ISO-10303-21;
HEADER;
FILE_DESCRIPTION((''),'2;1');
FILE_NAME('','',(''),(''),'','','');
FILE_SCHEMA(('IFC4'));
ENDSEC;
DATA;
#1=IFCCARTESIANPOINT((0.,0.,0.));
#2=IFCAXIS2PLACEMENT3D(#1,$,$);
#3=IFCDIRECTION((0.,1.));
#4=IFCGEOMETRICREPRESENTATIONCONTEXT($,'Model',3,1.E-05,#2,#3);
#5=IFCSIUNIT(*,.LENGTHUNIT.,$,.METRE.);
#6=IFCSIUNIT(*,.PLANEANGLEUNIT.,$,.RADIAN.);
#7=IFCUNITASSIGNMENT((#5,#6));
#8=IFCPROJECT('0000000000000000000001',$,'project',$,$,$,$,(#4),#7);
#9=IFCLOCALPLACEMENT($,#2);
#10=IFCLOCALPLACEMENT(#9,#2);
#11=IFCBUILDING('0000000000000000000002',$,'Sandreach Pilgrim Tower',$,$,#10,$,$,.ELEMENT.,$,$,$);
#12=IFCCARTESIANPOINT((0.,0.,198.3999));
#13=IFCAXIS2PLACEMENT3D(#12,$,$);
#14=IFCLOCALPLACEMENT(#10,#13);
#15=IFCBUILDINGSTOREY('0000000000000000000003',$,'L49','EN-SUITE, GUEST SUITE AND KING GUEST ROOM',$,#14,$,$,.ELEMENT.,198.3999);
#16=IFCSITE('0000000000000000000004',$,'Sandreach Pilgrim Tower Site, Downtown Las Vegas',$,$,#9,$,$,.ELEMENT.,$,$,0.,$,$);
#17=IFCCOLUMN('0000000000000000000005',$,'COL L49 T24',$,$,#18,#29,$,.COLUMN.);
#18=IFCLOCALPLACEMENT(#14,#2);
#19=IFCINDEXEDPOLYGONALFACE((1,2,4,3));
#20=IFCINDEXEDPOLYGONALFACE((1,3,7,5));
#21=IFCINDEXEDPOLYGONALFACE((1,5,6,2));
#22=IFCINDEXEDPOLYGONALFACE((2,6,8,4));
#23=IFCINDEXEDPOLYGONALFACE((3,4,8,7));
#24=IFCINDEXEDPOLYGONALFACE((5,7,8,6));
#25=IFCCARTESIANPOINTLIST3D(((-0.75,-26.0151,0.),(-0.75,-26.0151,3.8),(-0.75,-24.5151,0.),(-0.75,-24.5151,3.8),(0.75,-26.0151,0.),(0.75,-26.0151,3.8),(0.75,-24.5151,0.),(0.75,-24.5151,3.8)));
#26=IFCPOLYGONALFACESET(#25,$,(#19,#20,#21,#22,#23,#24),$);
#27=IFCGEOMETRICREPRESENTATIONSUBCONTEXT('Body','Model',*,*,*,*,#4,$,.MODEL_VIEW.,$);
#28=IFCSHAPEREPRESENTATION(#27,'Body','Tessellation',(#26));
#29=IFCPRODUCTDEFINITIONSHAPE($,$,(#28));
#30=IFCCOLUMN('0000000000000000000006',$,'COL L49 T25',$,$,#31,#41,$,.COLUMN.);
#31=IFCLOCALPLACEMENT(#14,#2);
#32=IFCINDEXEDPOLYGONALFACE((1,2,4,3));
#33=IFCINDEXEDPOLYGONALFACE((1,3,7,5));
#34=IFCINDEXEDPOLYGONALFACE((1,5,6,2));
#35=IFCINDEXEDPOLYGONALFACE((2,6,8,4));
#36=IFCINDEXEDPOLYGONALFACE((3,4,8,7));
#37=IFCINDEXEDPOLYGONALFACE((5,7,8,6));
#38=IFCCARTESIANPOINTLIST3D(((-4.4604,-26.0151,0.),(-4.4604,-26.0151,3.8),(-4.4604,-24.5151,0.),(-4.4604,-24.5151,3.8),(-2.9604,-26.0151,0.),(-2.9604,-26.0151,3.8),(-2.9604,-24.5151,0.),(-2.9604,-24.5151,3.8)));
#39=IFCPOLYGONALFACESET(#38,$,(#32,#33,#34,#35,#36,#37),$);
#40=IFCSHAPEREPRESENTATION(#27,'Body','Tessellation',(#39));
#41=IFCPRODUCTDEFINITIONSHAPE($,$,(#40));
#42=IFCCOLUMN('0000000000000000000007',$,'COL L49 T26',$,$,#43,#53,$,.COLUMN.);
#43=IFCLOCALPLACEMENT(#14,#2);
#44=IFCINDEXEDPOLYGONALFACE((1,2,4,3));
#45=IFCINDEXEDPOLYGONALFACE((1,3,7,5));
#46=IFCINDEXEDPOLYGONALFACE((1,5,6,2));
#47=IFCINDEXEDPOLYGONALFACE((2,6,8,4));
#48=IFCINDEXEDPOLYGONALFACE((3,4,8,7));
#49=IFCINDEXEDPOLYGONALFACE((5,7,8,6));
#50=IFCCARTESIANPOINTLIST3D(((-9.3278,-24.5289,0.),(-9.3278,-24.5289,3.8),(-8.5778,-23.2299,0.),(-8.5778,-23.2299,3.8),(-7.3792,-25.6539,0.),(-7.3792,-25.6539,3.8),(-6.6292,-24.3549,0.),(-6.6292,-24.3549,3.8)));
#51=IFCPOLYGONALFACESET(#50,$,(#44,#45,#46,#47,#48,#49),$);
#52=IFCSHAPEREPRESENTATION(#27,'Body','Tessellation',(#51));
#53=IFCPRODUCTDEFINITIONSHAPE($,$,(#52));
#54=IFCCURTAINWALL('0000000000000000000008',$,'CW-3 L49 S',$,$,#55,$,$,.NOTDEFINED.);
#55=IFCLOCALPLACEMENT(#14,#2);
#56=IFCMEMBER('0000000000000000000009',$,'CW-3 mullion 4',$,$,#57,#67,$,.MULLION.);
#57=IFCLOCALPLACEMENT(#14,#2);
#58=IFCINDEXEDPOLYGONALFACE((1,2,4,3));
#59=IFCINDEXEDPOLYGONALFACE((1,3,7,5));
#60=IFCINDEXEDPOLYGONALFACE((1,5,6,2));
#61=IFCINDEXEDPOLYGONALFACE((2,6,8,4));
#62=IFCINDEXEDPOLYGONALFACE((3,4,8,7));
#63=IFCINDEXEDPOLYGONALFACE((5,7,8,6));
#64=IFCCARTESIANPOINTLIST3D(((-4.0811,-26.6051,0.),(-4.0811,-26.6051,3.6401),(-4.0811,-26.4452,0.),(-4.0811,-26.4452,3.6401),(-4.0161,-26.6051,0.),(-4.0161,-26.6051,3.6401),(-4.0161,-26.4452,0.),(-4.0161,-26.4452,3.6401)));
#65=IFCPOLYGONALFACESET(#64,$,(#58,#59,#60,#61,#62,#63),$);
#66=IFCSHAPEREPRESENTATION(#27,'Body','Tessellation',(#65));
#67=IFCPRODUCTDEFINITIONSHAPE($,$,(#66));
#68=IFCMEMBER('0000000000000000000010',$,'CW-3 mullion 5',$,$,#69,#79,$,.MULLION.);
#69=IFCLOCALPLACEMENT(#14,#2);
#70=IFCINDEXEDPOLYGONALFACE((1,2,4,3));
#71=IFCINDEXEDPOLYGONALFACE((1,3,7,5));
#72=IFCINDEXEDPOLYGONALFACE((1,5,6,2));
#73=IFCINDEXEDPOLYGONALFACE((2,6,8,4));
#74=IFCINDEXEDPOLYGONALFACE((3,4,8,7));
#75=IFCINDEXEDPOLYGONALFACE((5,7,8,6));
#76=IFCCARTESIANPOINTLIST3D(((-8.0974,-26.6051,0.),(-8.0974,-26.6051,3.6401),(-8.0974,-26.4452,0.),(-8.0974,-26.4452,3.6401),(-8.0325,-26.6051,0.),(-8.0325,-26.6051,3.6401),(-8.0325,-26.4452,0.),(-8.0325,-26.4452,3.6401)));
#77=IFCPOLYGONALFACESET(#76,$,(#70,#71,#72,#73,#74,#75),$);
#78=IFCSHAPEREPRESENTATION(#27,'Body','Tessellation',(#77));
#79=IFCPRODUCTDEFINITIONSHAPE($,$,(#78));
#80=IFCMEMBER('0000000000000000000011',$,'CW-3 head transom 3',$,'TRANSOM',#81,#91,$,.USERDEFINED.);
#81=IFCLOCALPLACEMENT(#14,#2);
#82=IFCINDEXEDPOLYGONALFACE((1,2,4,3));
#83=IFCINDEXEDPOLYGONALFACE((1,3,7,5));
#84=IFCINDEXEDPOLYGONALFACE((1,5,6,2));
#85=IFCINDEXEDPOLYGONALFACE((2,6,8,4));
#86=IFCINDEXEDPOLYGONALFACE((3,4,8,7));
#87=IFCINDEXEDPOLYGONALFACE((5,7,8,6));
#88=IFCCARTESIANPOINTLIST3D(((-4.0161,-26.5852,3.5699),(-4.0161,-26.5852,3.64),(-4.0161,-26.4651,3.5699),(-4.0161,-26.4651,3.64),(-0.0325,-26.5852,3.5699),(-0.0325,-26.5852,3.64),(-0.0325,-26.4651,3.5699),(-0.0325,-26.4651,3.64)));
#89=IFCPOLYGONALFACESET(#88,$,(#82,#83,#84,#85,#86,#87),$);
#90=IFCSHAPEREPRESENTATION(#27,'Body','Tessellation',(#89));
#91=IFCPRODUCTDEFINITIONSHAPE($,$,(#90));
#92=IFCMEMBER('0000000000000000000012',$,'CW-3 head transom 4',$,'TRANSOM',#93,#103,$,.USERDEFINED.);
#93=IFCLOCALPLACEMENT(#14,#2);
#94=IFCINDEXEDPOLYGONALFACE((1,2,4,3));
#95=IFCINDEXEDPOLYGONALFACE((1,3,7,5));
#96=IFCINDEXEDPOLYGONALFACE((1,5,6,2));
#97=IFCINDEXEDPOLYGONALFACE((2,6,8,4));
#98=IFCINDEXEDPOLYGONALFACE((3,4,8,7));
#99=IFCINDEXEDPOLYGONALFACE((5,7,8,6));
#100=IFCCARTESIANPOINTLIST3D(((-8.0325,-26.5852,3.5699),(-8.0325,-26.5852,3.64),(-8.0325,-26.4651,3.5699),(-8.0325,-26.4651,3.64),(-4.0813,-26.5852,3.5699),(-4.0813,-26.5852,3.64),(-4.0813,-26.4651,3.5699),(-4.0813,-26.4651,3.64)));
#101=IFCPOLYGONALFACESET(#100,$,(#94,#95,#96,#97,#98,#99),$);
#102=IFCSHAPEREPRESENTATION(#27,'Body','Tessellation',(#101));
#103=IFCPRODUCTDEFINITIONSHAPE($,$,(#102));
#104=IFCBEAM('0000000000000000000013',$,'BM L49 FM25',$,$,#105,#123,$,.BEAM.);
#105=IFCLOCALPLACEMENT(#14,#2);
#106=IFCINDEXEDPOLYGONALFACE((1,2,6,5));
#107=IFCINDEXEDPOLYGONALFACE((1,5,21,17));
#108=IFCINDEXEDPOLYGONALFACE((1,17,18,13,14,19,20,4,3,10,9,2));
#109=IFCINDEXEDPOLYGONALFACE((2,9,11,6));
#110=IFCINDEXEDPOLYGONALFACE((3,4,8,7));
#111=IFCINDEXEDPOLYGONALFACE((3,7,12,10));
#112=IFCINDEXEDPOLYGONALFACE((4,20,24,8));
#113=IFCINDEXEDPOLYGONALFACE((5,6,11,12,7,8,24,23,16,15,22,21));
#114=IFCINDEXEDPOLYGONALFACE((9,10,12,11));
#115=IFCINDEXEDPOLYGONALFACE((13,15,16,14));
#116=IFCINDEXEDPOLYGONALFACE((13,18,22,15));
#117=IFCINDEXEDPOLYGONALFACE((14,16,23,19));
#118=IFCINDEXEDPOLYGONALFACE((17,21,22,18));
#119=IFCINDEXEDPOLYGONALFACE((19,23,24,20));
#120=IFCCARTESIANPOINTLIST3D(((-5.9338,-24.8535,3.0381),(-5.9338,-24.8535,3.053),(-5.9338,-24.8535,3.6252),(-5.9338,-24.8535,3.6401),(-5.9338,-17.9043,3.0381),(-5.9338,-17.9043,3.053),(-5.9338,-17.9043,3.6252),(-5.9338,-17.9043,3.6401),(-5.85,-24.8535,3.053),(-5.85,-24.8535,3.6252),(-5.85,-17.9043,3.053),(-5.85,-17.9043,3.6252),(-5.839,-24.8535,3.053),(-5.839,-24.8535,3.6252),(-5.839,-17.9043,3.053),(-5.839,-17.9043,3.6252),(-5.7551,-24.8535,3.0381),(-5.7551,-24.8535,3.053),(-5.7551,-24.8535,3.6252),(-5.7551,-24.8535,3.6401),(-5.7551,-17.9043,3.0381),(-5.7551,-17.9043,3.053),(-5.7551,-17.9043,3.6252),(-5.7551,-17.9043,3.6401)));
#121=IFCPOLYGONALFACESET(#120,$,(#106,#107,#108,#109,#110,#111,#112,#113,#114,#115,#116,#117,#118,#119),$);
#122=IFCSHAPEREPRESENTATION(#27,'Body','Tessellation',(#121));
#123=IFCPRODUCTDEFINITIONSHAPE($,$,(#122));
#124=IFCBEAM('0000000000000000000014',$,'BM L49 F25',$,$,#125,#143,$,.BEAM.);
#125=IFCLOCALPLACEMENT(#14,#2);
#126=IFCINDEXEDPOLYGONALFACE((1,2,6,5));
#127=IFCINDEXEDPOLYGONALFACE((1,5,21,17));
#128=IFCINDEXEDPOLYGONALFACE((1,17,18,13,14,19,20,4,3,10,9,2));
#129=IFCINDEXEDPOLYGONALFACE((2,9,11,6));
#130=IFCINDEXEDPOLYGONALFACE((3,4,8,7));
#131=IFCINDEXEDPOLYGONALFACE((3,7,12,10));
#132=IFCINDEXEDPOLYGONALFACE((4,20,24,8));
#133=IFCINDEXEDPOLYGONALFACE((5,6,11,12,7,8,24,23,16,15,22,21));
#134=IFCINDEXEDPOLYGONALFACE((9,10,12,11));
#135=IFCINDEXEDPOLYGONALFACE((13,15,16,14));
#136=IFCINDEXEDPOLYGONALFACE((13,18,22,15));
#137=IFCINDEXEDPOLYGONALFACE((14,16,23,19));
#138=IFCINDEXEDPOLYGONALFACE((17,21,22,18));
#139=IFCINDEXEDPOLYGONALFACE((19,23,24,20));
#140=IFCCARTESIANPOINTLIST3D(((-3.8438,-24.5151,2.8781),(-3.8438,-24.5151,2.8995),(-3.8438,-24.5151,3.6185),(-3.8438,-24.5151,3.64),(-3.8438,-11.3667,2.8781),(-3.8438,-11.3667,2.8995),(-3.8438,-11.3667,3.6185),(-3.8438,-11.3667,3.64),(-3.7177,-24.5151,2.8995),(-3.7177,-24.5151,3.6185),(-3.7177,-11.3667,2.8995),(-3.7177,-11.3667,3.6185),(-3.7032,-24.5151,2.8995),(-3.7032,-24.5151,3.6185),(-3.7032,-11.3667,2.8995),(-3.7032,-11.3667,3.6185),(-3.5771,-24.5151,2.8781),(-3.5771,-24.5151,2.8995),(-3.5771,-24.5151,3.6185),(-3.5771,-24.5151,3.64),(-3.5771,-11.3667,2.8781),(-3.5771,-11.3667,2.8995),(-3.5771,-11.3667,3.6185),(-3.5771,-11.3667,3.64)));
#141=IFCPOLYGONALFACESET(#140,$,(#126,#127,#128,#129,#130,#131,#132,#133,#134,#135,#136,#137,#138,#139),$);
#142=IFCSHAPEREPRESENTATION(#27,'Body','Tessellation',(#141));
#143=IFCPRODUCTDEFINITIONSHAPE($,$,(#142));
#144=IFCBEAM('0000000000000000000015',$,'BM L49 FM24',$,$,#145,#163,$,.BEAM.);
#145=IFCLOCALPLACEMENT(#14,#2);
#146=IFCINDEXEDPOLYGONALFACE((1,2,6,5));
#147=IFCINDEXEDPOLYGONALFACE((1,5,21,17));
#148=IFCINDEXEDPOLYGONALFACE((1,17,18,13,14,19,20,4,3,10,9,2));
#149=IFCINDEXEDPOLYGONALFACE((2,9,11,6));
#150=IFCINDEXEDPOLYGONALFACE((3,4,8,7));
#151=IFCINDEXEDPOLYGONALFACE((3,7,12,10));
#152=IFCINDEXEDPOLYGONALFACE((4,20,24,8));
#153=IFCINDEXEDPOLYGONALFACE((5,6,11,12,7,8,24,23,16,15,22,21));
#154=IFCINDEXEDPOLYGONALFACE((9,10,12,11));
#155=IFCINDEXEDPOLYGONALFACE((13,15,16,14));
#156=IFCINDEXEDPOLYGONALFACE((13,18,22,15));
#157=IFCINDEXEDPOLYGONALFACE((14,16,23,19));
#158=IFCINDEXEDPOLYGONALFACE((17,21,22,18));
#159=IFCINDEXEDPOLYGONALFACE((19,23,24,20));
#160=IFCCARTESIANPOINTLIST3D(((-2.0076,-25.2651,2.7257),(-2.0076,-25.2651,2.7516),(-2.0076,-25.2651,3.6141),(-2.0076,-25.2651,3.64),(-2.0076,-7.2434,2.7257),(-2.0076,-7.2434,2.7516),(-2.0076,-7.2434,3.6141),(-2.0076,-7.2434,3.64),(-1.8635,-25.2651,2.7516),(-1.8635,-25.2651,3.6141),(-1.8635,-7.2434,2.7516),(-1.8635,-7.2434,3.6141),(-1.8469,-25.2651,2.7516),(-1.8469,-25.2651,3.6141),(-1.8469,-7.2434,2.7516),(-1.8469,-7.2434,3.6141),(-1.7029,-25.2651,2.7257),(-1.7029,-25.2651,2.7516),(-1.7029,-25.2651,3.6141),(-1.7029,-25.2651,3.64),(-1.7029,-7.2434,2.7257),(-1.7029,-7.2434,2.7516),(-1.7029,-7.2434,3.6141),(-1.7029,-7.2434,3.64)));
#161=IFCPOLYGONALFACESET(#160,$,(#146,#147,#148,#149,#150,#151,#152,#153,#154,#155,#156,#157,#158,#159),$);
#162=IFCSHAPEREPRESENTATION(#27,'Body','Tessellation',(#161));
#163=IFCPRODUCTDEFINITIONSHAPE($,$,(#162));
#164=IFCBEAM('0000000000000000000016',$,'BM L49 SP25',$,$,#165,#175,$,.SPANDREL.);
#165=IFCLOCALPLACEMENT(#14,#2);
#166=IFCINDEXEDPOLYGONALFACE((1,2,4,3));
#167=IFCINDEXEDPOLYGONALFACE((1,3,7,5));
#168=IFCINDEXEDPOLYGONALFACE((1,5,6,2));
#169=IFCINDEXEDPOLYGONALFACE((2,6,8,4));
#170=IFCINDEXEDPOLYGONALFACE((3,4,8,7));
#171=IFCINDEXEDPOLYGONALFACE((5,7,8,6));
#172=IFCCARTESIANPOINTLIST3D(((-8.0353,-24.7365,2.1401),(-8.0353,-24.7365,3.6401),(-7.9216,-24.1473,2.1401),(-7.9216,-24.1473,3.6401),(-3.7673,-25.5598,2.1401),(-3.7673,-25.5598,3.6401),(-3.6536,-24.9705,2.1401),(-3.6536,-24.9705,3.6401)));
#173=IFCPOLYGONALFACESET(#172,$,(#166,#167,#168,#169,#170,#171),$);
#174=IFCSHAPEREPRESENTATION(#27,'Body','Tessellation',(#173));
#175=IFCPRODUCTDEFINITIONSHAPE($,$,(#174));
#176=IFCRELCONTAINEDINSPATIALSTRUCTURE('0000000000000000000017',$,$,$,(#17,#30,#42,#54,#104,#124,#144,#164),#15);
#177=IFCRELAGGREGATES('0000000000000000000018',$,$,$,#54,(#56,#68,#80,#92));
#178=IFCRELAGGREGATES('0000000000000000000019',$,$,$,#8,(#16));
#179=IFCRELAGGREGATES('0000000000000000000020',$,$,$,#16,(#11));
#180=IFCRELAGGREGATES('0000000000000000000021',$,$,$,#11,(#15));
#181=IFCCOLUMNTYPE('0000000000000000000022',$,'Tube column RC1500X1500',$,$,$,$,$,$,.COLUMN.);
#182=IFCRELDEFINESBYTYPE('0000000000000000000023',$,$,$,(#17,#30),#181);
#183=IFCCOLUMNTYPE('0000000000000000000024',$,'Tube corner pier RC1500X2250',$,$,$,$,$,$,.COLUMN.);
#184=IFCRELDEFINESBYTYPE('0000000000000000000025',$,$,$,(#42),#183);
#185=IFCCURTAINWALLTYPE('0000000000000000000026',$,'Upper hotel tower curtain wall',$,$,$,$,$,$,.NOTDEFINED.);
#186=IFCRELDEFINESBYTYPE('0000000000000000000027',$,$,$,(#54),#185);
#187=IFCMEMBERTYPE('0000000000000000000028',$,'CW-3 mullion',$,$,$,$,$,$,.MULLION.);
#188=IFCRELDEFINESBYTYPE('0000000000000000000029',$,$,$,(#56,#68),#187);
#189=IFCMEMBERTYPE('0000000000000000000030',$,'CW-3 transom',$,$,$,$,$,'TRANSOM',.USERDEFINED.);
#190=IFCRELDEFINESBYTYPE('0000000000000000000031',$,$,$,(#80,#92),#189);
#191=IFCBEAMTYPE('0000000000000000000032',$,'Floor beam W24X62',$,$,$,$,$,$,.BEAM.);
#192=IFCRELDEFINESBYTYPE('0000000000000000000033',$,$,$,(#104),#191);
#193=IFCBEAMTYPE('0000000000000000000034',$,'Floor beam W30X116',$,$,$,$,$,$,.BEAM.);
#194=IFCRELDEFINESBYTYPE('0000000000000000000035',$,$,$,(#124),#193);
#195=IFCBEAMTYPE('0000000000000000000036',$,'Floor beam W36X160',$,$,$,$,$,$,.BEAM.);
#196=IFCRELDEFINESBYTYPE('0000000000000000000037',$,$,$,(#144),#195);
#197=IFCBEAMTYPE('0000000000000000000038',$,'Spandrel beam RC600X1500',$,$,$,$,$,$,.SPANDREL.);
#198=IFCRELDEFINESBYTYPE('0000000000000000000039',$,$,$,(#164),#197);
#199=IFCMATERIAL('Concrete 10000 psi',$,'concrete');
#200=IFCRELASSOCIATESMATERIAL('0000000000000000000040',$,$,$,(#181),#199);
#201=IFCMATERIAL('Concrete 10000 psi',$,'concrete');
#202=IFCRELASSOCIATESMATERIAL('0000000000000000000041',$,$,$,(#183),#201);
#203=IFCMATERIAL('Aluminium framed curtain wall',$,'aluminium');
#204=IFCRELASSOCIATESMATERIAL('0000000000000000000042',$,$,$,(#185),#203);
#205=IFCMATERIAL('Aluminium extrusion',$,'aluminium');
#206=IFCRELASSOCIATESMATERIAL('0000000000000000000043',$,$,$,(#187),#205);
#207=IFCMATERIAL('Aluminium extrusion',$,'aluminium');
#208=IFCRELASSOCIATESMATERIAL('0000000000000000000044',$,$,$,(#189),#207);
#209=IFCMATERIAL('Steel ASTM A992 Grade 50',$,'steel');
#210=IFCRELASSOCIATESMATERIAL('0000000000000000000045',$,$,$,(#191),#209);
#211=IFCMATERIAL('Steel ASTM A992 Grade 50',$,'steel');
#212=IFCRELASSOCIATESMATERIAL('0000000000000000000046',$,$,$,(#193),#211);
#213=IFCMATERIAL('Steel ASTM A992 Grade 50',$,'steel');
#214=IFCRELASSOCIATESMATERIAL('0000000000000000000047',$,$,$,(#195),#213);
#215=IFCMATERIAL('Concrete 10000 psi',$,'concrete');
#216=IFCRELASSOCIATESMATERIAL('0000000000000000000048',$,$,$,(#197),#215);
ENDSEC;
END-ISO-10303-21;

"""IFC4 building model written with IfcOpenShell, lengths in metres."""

from ifc_helpers import new_model, si_unit, direction, frame, origin, origin_2d, place, context, subcontext, project, spatial, rectangle, i_section, extrude, material, material_profile, profile_set, type_object, element, aggregate, save


model = new_model("IFC4")

# Units and contexts
model_context = context("Model", 3, precision=1e-05, world=origin(), true_north=direction((0.0, 1.0)))
body_context = subcontext(model_context, "Body", "Model", "MODEL_VIEW")
ifc_project = project(units=[si_unit("LENGTHUNIT", "METRE"), si_unit("PLANEANGLEUNIT", "RADIAN")], contexts=[model_context])

# Site, building, storey
site_placement = place(None, origin())
site = spatial("IfcSite", under=ifc_project, at=site_placement, Name="Sandreach Pilgrim Tower Site, Downtown Las Vegas", CompositionType="ELEMENT", RefElevation=0.0)
building_placement = place(site_placement, origin())
building = spatial("IfcBuilding", under=site, at=building_placement, Name="Sandreach Pilgrim Tower", CompositionType="ELEMENT")
storey_placement = place(building_placement, frame((0.0, 0.0, 198.3999)))
storey = spatial("IfcBuildingStorey", under=building, at=storey_placement, Name="L49", Description="EN-SUITE, GUEST SUITE AND KING GUEST ROOM", CompositionType="ELEMENT", Elevation=198.3999)

# Columns
ifc_material_1 = material(Name="Concrete 10000 psi", Category="concrete")
ifc_material_profile_1 = material_profile(ifc_material_1, rectangle(XDim=1.5, YDim=1.5, at=origin_2d()), Name="RC1500X1500")
ifc_profile_set_1 = profile_set([ifc_material_profile_1], Name="Concrete 10000 psi")
column_type_1 = type_object("IfcColumnType", Name="Tube column RC1500X1500", PredefinedType="COLUMN", material=ifc_profile_set_1)
for number, where, z_axis, x_axis, name in (
    (1, (0.0, -25.2651, 0.0), (0.0, 0.0, 1.0), (0.0, -1.0, 0.0), "COL L49 T24"),
    (2, (-3.7104, -25.2651, 0.0), (0.0, 0.0, 1.0), (0.0, -1.0, 0.0), "COL L49 T25"),
):
    element("IfcColumn", number, at=place(storey_placement, frame(where, z_axis=z_axis, x_axis=x_axis)), inside=storey, type_object=column_type_1, Name=name, PredefinedType="COLUMN", context=body_context, shape_type="SweptSolid", body=[
        extrude(rectangle(XDim=1.5, YDim=1.5, at=origin_2d()), origin(), (0.0, 0.0, 1.0), 3.8),
    ])
ifc_material_2 = material(Name="Concrete 10000 psi", Category="concrete")
ifc_material_profile_2 = material_profile(ifc_material_2, rectangle(XDim=1.5, YDim=2.25, at=origin_2d()), Name="RC1500X2250")
ifc_profile_set_2 = profile_set([ifc_material_profile_2], Name="Concrete 10000 psi")
column_type_2 = type_object("IfcColumnType", Name="Tube corner pier RC1500X2250", PredefinedType="COLUMN", material=ifc_profile_set_2)
column_placement = place(storey_placement, frame((-7.9785, -24.4419, 0.0), z_axis=(0.0, 0.0, 1.0), x_axis=(-0.5, -0.866025, 0.0)))
element("IfcColumn", 3, at=column_placement, inside=storey, type_object=column_type_2, Name="COL L49 T26", PredefinedType="COLUMN", context=body_context, shape_type="SweptSolid", body=[
    extrude(rectangle(XDim=1.5, YDim=2.25, at=origin_2d()), origin(), (0.0, 0.0, 1.0), 3.8),
])

# Curtain wall, members
ifc_material_3 = material(Name="Aluminium framed curtain wall", Category="aluminium")
curtain_wall_type = type_object("IfcCurtainWallType", Name="Upper hotel tower curtain wall", PredefinedType="NOTDEFINED", material=ifc_material_3)
curtain_wall_placement = place(storey_placement, origin())
curtain_wall = element("IfcCurtainWall", 4, at=curtain_wall_placement, inside=storey, type_object=curtain_wall_type, Name="CW-3 L49 S", PredefinedType="NOTDEFINED")
ifc_material_4 = material(Name="Aluminium extrusion", Category="aluminium")
ifc_material_profile_3 = material_profile(ifc_material_4, rectangle(XDim=0.0649, YDim=0.1599, at=origin_2d()), Name="CW-3M 65X160")
ifc_profile_set_3 = profile_set([ifc_material_profile_3], Name="Aluminium extrusion")
member_type_1 = type_object("IfcMemberType", Name="CW-3 mullion", PredefinedType="MULLION", material=ifc_profile_set_3)
member_1_placement = place(storey_placement, frame((-4.0486, -26.5251, 0.0), z_axis=(0.0, 0.0, 1.0), x_axis=(-1.0, 0.0, 0.0)))
member_1 = element("IfcMember", 5, at=member_1_placement, type_object=member_type_1, Name="CW-3 mullion 4", PredefinedType="MULLION", context=body_context, shape_type="SweptSolid", body=[
    extrude(rectangle(XDim=0.0649, YDim=0.1599, at=origin_2d()), origin(), (0.0, 0.0, 1.0), 3.6401),
])
member_2_placement = place(storey_placement, frame((-8.0649, -26.5251, 0.0), z_axis=(0.0, 0.0, 1.0), x_axis=(-1.0, 0.0, 0.0)))
member_2 = element("IfcMember", 6, at=member_2_placement, type_object=member_type_1, Name="CW-3 mullion 5", PredefinedType="MULLION", context=body_context, shape_type="SweptSolid", body=[
    extrude(rectangle(XDim=0.0649, YDim=0.1599, at=origin_2d()), origin(), (0.0, 0.0, 1.0), 3.6401),
])
ifc_material_5 = material(Name="Aluminium extrusion", Category="aluminium")
ifc_material_profile_4 = material_profile(ifc_material_5, rectangle(XDim=0.1201, YDim=0.0701, at=origin_2d()), Name="CW-3T 120X70")
ifc_profile_set_4 = profile_set([ifc_material_profile_4], Name="Aluminium extrusion")
member_type_2 = type_object("IfcMemberType", Name="CW-3 transom", ElementType="TRANSOM", PredefinedType="USERDEFINED", material=ifc_profile_set_4)
member_3_placement = place(storey_placement, frame((-0.0325, -26.5251, 3.605), z_axis=(-1.0, 0.0, 0.0), x_axis=(0.0, -1.0, 0.0)))
member_3 = element("IfcMember", 7, at=member_3_placement, type_object=member_type_2, Name="CW-3 head transom 3", ObjectType="TRANSOM", PredefinedType="USERDEFINED", context=body_context, shape_type="SweptSolid", body=[
    extrude(rectangle(XDim=0.1201, YDim=0.0701, at=origin_2d()), origin(), (0.0, 0.0, 1.0), 3.9836),
])
member_4_placement = place(storey_placement, frame((-4.0813, -26.5251, 3.605), z_axis=(-1.0, 0.0, 0.0), x_axis=(0.0, -1.0, 0.0)))
member_4 = element("IfcMember", 8, at=member_4_placement, type_object=member_type_2, Name="CW-3 head transom 4", ObjectType="TRANSOM", PredefinedType="USERDEFINED", context=body_context, shape_type="SweptSolid", body=[
    extrude(rectangle(XDim=0.1201, YDim=0.0701, at=origin_2d()), origin(), (0.0, 0.0, 1.0), 3.9512),
])

# Beams
ifc_material_6 = material(Name="Steel ASTM A992 Grade 50", Category="steel")
ifc_material_profile_5 = material_profile(ifc_material_6, i_section(OverallWidth=0.1787, OverallDepth=0.6021, WebThickness=0.011, FlangeThickness=0.0149, at=origin_2d()), Name="W24X62")
ifc_profile_set_5 = profile_set([ifc_material_profile_5], Name="Steel ASTM A992 Grade 50")
beam_type_1 = type_object("IfcBeamType", Name="Floor beam W24X62", PredefinedType="BEAM", material=ifc_profile_set_5)
beam_1_placement = place(storey_placement, frame((-5.8445, -24.8535, 3.3391), z_axis=(0.0, 1.0, 0.0), x_axis=(-1.0, 0.0, 0.0)))
element("IfcBeam", 9, at=beam_1_placement, inside=storey, type_object=beam_type_1, Name="BM L49 FM25", PredefinedType="BEAM", context=body_context, shape_type="SweptSolid", body=[
    extrude(i_section(OverallWidth=0.1787, OverallDepth=0.6021, WebThickness=0.011, FlangeThickness=0.0149, at=origin_2d()), origin(), (0.0, 0.0, 1.0), 6.9492),
])
ifc_material_7 = material(Name="Steel ASTM A992 Grade 50", Category="steel")
ifc_material_profile_6 = material_profile(ifc_material_7, i_section(OverallWidth=0.2666, OverallDepth=0.762, WebThickness=0.0144, FlangeThickness=0.0215, at=origin_2d()), Name="W30X116")
ifc_profile_set_6 = profile_set([ifc_material_profile_6], Name="Steel ASTM A992 Grade 50")
beam_type_2 = type_object("IfcBeamType", Name="Floor beam W30X116", PredefinedType="BEAM", material=ifc_profile_set_6)
beam_2_placement = place(storey_placement, frame((-3.7104, -24.5151, 3.259), z_axis=(0.0, 1.0, 0.0), x_axis=(-1.0, 0.0, 0.0)))
element("IfcBeam", 10, at=beam_2_placement, inside=storey, type_object=beam_type_2, Name="BM L49 F25", PredefinedType="BEAM", context=body_context, shape_type="SweptSolid", body=[
    extrude(i_section(OverallWidth=0.2666, OverallDepth=0.762, WebThickness=0.0144, FlangeThickness=0.0215, at=origin_2d()), origin(), (0.0, 0.0, 1.0), 13.1484),
])
ifc_material_8 = material(Name="Steel ASTM A992 Grade 50", Category="steel")
ifc_material_profile_7 = material_profile(ifc_material_8, i_section(OverallWidth=0.3047, OverallDepth=0.9143, WebThickness=0.0166, FlangeThickness=0.0259, at=origin_2d()), Name="W36X160")
ifc_profile_set_7 = profile_set([ifc_material_profile_7], Name="Steel ASTM A992 Grade 50")
beam_type_3 = type_object("IfcBeamType", Name="Floor beam W36X160", PredefinedType="BEAM", material=ifc_profile_set_7)
beam_3_placement = place(storey_placement, frame((-1.8552, -25.2651, 3.1829), z_axis=(0.0, 1.0, 0.0), x_axis=(-1.0, 0.0, 0.0)))
element("IfcBeam", 11, at=beam_3_placement, inside=storey, type_object=beam_type_3, Name="BM L49 FM24", PredefinedType="BEAM", context=body_context, shape_type="SweptSolid", body=[
    extrude(i_section(OverallWidth=0.3047, OverallDepth=0.9143, WebThickness=0.0166, FlangeThickness=0.0259, at=origin_2d()), origin(), (0.0, 0.0, 1.0), 18.0217),
])
ifc_material_9 = material(Name="Concrete 10000 psi", Category="concrete")
ifc_material_profile_8 = material_profile(ifc_material_9, rectangle(XDim=0.6001, YDim=1.5, at=origin_2d()), Name="RC600X1500")
ifc_profile_set_8 = profile_set([ifc_material_profile_8], Name="Concrete 10000 psi")
beam_type_4 = type_object("IfcBeamType", Name="Spandrel beam RC600X1500", PredefinedType="SPANDREL", material=ifc_profile_set_8)
beam_4_placement = place(storey_placement, frame((-3.7104, -25.2651, 2.8901), z_axis=(-0.981901, 0.189393, 0.0), x_axis=(-0.189393, -0.981901, 0.0)))
element("IfcBeam", 12, at=beam_4_placement, inside=storey, type_object=beam_type_4, Name="BM L49 SP25", PredefinedType="SPANDREL", context=body_context, shape_type="SweptSolid", body=[
    extrude(rectangle(XDim=0.6001, YDim=1.5, at=origin_2d()), origin(), (0.0, 0.0, 1.0), 4.3467),
])

aggregate(curtain_wall, [member_1, member_2, member_3, member_4])

save(model, "model.ifc")
